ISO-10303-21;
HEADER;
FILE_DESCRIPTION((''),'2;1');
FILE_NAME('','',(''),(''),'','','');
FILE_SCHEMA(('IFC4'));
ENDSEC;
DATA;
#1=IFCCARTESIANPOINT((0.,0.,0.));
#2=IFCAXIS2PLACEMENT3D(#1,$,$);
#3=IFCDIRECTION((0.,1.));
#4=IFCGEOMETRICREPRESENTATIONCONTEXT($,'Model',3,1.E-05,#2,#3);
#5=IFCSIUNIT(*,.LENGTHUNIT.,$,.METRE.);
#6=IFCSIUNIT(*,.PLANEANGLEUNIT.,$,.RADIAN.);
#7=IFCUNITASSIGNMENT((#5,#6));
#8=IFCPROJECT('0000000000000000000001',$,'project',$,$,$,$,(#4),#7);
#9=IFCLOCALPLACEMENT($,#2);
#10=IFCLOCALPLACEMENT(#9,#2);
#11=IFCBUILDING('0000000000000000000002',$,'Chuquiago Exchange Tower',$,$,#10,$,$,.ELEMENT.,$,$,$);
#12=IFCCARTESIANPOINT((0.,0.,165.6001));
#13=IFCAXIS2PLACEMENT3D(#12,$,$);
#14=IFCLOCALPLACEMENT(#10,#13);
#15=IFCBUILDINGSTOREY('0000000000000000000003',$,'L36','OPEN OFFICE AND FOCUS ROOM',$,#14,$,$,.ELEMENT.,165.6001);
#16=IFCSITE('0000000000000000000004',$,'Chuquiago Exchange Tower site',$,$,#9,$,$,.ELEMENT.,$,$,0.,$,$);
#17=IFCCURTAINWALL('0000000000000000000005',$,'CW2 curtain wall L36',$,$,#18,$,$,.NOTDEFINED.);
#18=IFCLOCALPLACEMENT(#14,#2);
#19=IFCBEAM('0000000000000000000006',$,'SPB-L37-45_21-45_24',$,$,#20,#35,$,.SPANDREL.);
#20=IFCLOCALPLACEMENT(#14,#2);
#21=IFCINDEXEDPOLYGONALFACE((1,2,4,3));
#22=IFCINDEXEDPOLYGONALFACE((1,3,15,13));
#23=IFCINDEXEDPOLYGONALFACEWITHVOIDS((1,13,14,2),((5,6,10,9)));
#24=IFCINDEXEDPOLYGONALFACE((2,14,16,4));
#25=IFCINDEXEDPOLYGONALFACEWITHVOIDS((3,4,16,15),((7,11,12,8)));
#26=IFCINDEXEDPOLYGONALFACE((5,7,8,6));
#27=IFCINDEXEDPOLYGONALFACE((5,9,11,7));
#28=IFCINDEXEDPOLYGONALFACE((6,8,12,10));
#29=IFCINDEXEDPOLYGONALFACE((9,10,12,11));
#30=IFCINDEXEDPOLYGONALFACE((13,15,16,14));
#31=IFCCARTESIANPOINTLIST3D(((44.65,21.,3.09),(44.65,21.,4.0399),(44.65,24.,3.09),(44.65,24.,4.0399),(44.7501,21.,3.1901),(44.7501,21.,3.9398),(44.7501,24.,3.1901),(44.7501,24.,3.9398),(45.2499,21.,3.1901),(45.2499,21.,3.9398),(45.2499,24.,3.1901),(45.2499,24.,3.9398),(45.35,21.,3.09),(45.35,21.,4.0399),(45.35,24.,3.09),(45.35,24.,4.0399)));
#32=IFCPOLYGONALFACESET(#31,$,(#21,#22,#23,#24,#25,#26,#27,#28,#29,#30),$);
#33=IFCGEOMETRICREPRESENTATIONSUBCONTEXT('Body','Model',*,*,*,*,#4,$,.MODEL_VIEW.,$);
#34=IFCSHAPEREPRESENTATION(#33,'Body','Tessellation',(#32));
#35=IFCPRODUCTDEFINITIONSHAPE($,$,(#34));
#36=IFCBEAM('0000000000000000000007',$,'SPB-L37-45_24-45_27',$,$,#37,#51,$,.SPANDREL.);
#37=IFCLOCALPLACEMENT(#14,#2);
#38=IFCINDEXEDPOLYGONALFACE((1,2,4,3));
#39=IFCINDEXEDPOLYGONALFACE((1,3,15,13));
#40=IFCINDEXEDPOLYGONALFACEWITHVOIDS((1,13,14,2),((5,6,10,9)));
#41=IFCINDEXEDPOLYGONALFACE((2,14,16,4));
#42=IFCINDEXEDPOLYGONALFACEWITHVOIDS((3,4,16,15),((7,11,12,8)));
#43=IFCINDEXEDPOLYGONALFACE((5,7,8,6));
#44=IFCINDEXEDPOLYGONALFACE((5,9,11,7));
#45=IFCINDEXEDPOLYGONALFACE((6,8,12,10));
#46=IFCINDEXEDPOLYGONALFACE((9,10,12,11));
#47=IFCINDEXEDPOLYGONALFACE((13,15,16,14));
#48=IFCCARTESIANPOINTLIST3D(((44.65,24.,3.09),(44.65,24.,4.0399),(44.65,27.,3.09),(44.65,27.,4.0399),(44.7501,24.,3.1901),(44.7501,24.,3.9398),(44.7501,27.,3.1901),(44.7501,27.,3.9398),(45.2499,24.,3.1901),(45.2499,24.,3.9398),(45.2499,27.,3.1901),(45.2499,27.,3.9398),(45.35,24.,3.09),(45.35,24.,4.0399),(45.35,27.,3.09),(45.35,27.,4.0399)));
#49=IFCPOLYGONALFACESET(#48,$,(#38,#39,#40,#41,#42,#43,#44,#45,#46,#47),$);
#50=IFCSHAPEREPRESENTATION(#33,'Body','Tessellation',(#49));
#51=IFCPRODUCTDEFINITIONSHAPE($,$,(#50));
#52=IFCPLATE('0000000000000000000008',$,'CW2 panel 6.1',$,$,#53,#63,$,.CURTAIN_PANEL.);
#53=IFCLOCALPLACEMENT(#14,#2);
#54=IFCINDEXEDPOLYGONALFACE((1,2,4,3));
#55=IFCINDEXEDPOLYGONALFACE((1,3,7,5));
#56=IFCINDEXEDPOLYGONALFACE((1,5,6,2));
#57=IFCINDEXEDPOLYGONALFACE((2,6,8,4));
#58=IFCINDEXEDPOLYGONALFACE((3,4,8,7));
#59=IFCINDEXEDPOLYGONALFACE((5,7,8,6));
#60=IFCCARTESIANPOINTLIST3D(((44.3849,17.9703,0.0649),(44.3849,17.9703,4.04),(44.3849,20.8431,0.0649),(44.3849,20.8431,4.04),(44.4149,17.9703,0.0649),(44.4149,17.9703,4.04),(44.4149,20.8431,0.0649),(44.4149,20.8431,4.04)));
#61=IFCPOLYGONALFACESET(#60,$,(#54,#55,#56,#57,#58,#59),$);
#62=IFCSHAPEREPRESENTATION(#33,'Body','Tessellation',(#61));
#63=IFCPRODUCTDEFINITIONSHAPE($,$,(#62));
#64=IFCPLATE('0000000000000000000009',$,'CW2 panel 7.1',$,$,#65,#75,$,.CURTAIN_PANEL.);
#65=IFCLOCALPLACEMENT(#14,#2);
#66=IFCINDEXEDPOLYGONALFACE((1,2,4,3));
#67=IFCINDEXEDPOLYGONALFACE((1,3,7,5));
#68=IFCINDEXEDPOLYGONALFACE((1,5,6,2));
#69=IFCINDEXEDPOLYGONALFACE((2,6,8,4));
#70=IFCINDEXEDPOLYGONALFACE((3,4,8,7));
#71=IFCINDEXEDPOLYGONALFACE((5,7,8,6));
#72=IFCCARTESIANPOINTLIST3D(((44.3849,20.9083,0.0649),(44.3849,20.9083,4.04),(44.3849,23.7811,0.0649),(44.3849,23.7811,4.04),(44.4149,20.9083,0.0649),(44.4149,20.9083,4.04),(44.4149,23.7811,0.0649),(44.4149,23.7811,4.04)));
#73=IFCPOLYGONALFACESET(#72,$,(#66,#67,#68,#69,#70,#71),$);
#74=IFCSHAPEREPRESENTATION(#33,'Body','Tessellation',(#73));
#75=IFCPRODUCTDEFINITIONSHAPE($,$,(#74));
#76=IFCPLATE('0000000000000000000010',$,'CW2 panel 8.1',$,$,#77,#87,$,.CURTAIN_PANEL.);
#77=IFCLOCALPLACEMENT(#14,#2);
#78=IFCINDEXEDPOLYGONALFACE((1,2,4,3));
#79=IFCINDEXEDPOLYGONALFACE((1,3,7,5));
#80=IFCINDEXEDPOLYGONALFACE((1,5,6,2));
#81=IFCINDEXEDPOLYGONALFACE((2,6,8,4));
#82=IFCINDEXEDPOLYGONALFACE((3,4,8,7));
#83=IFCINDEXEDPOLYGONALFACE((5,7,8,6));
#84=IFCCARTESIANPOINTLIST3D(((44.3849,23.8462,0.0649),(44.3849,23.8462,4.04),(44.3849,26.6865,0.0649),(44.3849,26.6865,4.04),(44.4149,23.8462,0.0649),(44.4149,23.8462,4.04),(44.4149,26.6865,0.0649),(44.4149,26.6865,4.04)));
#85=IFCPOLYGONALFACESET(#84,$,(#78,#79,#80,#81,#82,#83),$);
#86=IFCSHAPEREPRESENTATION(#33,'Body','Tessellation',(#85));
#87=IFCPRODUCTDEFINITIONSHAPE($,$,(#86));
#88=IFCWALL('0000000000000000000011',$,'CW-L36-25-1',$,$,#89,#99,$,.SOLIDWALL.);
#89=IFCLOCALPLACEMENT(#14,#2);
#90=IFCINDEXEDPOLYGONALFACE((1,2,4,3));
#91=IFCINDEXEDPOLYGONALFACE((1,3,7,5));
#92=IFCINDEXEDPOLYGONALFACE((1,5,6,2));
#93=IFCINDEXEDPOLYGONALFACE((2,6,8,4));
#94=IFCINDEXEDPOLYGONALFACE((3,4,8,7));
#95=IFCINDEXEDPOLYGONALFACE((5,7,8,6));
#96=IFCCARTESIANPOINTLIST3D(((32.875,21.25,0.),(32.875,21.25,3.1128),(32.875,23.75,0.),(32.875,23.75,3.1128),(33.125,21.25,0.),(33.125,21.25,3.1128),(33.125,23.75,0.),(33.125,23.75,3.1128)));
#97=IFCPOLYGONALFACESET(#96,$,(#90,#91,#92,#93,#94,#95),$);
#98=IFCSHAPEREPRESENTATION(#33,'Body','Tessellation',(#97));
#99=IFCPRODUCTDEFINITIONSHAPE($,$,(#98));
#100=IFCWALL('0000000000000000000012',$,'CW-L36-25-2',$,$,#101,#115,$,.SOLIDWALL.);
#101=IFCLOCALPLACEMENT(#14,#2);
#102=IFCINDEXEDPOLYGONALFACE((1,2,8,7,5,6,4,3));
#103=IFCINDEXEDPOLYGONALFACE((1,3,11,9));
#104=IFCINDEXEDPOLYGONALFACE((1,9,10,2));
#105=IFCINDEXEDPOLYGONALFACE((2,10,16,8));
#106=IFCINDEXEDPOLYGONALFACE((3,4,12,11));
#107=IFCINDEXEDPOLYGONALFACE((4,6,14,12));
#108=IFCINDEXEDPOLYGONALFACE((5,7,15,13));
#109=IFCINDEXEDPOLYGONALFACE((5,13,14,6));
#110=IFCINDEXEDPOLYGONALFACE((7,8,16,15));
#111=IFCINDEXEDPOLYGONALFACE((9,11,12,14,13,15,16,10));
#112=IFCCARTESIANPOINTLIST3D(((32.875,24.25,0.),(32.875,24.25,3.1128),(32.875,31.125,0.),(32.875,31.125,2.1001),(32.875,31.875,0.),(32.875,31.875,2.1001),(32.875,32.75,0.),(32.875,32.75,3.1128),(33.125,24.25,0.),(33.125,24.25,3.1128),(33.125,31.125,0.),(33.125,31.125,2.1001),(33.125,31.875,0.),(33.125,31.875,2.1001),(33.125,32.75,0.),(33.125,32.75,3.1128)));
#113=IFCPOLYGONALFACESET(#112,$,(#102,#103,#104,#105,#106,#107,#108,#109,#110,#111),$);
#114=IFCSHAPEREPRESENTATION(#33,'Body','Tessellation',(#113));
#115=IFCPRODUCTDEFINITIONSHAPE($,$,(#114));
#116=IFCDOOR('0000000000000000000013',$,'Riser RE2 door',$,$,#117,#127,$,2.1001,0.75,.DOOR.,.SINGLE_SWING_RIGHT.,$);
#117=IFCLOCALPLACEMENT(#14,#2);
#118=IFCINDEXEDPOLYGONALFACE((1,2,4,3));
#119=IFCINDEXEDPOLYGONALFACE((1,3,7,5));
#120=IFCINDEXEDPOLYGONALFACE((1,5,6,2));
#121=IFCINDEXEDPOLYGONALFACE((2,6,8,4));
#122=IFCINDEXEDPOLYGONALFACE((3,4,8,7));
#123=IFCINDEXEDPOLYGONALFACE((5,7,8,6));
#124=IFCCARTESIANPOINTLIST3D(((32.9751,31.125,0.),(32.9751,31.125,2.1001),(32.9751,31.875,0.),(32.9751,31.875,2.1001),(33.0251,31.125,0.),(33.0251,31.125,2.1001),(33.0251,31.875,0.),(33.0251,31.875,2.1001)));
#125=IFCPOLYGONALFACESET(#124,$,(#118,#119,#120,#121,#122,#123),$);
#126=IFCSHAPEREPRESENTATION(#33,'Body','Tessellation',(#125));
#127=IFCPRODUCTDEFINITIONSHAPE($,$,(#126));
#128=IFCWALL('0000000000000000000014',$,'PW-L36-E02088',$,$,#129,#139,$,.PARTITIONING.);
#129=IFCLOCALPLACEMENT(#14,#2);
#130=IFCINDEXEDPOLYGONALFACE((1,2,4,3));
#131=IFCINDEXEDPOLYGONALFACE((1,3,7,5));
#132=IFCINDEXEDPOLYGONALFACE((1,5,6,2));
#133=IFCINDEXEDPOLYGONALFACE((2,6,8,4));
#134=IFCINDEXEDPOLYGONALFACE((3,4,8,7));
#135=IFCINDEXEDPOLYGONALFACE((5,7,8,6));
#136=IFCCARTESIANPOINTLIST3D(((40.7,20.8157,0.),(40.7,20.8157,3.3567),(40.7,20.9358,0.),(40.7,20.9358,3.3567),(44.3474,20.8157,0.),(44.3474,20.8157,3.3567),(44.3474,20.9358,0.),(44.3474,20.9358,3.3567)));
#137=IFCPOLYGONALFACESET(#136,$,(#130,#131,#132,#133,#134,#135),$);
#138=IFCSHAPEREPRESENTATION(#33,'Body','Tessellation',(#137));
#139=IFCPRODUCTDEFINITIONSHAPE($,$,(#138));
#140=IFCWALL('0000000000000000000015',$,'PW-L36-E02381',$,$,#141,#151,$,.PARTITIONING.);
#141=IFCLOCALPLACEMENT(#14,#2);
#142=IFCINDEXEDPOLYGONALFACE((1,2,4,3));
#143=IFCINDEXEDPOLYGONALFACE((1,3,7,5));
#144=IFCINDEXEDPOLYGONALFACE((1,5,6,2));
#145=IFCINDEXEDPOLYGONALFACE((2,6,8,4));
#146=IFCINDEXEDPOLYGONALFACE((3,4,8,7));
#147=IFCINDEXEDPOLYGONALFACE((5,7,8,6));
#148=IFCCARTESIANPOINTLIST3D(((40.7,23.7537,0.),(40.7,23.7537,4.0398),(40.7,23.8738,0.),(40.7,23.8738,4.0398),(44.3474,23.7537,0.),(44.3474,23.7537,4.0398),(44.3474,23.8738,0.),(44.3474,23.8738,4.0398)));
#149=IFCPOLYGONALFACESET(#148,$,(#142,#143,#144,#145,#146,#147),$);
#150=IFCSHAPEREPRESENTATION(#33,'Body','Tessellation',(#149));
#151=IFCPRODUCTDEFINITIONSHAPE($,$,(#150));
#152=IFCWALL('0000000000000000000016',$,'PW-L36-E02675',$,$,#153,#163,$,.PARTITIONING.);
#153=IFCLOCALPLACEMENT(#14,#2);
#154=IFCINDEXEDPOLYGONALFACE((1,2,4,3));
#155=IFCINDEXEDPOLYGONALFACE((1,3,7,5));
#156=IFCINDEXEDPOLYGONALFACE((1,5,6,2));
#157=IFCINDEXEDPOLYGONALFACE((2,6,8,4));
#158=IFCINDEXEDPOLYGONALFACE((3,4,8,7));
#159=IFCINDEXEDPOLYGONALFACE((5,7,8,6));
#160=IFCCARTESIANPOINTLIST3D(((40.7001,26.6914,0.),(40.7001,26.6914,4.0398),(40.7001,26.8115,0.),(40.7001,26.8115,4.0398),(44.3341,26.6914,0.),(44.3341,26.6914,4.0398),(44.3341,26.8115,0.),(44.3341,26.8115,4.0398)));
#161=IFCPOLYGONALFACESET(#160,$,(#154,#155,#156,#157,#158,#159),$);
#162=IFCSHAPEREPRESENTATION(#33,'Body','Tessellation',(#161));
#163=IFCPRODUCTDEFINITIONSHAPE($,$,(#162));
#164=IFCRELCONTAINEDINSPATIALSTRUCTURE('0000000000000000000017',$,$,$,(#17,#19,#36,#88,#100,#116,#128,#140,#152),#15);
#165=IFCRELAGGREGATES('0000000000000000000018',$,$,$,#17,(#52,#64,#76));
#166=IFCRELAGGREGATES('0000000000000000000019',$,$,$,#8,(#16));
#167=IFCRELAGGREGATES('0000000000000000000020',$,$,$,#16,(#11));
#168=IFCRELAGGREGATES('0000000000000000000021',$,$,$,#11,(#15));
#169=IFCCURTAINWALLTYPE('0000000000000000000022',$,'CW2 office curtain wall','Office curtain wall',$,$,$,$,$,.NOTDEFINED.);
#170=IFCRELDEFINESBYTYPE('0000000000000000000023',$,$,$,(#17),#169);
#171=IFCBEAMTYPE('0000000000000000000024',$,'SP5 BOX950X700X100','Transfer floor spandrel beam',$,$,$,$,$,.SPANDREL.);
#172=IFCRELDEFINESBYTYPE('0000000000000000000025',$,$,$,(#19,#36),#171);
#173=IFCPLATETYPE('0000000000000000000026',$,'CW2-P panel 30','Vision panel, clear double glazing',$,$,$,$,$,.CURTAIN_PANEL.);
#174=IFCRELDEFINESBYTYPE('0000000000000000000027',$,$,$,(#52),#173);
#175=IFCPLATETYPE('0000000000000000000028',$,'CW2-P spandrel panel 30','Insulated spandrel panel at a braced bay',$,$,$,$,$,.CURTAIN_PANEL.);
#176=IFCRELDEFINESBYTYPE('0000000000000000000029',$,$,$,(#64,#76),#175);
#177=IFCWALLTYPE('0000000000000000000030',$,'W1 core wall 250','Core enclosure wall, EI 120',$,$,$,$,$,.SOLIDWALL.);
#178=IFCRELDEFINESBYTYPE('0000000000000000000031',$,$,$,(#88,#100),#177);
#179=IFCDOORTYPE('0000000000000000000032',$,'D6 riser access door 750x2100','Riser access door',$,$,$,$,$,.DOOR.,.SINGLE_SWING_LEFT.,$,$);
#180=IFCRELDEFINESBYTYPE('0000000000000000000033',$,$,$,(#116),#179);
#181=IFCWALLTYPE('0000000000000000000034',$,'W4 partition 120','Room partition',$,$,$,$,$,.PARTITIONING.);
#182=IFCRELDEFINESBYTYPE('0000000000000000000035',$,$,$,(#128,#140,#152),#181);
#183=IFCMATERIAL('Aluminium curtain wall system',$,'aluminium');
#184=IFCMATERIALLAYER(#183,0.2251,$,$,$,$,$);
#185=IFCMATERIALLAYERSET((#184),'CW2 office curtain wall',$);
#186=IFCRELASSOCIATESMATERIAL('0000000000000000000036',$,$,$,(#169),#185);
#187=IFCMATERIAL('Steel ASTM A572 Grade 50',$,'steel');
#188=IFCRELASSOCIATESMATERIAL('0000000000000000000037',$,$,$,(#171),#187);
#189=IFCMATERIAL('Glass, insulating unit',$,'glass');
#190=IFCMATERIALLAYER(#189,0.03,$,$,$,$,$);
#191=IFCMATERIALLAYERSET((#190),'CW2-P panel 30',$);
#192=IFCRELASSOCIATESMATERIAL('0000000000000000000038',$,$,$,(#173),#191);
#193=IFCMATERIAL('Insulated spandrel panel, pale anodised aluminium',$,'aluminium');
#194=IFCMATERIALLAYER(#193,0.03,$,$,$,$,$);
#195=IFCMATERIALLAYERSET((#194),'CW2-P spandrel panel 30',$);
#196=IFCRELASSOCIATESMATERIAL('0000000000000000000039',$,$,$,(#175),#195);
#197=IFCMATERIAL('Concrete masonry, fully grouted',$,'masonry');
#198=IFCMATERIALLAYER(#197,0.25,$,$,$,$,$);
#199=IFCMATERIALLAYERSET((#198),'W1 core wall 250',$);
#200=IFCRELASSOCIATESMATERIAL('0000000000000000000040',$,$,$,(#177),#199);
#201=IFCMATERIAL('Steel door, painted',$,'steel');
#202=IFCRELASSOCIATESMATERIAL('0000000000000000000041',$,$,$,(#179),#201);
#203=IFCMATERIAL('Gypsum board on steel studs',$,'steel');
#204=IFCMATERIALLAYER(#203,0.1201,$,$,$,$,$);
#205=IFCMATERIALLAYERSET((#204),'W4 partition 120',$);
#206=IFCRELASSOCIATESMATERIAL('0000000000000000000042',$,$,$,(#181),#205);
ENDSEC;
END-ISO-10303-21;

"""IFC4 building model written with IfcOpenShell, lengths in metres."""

from ifc_helpers import new_model, si_unit, direction, frame, frame_2d, origin, origin_2d, place, context, subcontext, project, spatial, rectangle, hollow_rectangle, extrude, material, layer, layer_set, material_profile, profile_set, type_object, element, fill, aggregate, save


model = new_model("IFC4")

# Units and contexts
model_context = context("Model", 3, precision=1e-05, world=origin(), true_north=direction((0.0, 1.0)))
body_context = subcontext(model_context, "Body", "Model", "MODEL_VIEW")
ifc_project = project(units=[si_unit("LENGTHUNIT", "METRE"), si_unit("PLANEANGLEUNIT", "RADIAN")], contexts=[model_context])

# Site, building, storey
site_placement = place(None, origin())
site = spatial("IfcSite", under=ifc_project, at=site_placement, Name="Chuquiago Exchange Tower site", CompositionType="ELEMENT", RefElevation=0.0)
building_placement = place(site_placement, origin())
building = spatial("IfcBuilding", under=site, at=building_placement, Name="Chuquiago Exchange Tower", CompositionType="ELEMENT")
storey_placement = place(building_placement, frame((0.0, 0.0, 165.6001)))
storey = spatial("IfcBuildingStorey", under=building, at=storey_placement, Name="L36", Description="OPEN OFFICE AND FOCUS ROOM", CompositionType="ELEMENT", Elevation=165.6001)

# Curtain wall
ifc_material_1 = material(Name="Aluminium curtain wall system", Category="aluminium")
ifc_layer_1 = layer(ifc_material_1, 0.2251)
ifc_layer_set_1 = layer_set([ifc_layer_1], Name="CW2 office curtain wall")
curtain_wall_type_1 = type_object("IfcCurtainWallType", Name="CW2 office curtain wall", Description="Office curtain wall", PredefinedType="NOTDEFINED", material=ifc_layer_set_1)
curtain_wall_1_placement = place(storey_placement, origin())
curtain_wall_1 = element("IfcCurtainWall", 1, at=curtain_wall_1_placement, inside=storey, type_object=curtain_wall_type_1, Name="CW2 curtain wall L36", PredefinedType="NOTDEFINED")

# Beams
ifc_material_2 = material(Name="Steel ASTM A572 Grade 50", Category="steel")
ifc_material_profile_1 = material_profile(ifc_material_2, hollow_rectangle(XDim=0.7, YDim=0.95, WallThickness=0.1001, at=origin_2d()), Name="BOX950X700X100")
ifc_profile_set_1 = profile_set([ifc_material_profile_1], Name="Steel ASTM A572 Grade 50")
beam_type_1 = type_object("IfcBeamType", Name="SP5 BOX950X700X100", Description="Transfer floor spandrel beam", PredefinedType="SPANDREL", material=ifc_profile_set_1)
for number, where, z_axis, x_axis, name in (
    (2, (45.0, 21.0, 3.5649), (0.0, 1.0, 0.0), (-1.0, 0.0, 0.0), "SPB-L37-45_21-45_24"),
    (3, (45.0, 24.0, 3.5649), (0.0, 1.0, 0.0), (-1.0, 0.0, 0.0), "SPB-L37-45_24-45_27"),
):
    element("IfcBeam", number, at=place(storey_placement, frame(where, z_axis=z_axis, x_axis=x_axis)), inside=storey, type_object=beam_type_1, Name=name, PredefinedType="SPANDREL", context=body_context, shape_type="SweptSolid", body=[
        extrude(hollow_rectangle(XDim=0.7, YDim=0.95, WallThickness=0.1001, at=origin_2d()), origin(), (0.0, 0.0, 1.0), 3.0),
    ])

# Plates
ifc_material_3 = material(Name="Glass, insulating unit", Category="glass")
ifc_layer_2 = layer(ifc_material_3, 0.03)
ifc_layer_set_2 = layer_set([ifc_layer_2], Name="CW2-P panel 30")
plate_type_1 = type_object("IfcPlateType", Name="CW2-P panel 30", Description="Vision panel, clear double glazing", PredefinedType="CURTAIN_PANEL", material=ifc_layer_set_2)
plate_1_placement = place(storey_placement, frame((44.3999, 19.4067, 0.0649), z_axis=(0.0, 0.0, 1.0), x_axis=(0.0, 1.0, 0.0)))
plate_1 = element("IfcPlate", 4, at=plate_1_placement, type_object=plate_type_1, Name="CW2 panel 6.1", PredefinedType="CURTAIN_PANEL", context=body_context, shape_type="SweptSolid", body=[
    extrude(rectangle(XDim=2.8728, YDim=0.03, at=origin_2d()), origin(), (0.0, 0.0, 1.0), 3.9751),
])
ifc_material_4 = material(Name="Insulated spandrel panel, pale anodised aluminium", Category="aluminium")
ifc_layer_3 = layer(ifc_material_4, 0.03)
ifc_layer_set_3 = layer_set([ifc_layer_3], Name="CW2-P spandrel panel 30")
plate_type_2 = type_object("IfcPlateType", Name="CW2-P spandrel panel 30", Description="Insulated spandrel panel at a braced bay", PredefinedType="CURTAIN_PANEL", material=ifc_layer_set_3)
plate_2_placement = place(storey_placement, frame((44.3999, 22.3447, 0.0649), z_axis=(0.0, 0.0, 1.0), x_axis=(0.0, 1.0, 0.0)))
plate_2 = element("IfcPlate", 5, at=plate_2_placement, type_object=plate_type_2, Name="CW2 panel 7.1", PredefinedType="CURTAIN_PANEL", context=body_context, shape_type="SweptSolid", body=[
    extrude(rectangle(XDim=2.8728, YDim=0.03, at=origin_2d()), origin(), (0.0, 0.0, 1.0), 3.9751),
])
plate_3_placement = place(storey_placement, frame((44.3999, 25.2664, 0.0649), z_axis=(0.0, 0.0, 1.0), x_axis=(0.0, 1.0, 0.0)))
plate_3 = element("IfcPlate", 6, at=plate_3_placement, type_object=plate_type_2, Name="CW2 panel 8.1", PredefinedType="CURTAIN_PANEL", context=body_context, shape_type="SweptSolid", body=[
    extrude(rectangle(XDim=2.8403, YDim=0.03, at=origin_2d()), origin(), (0.0, 0.0, 1.0), 3.9751),
])
aggregate(curtain_wall_1, [plate_1, plate_2, plate_3])

# Wall
ifc_material_5 = material(Name="Concrete masonry, fully grouted", Category="masonry")
ifc_layer_4 = layer(ifc_material_5, 0.25)
ifc_layer_set_4 = layer_set([ifc_layer_4], Name="W1 core wall 250")
wall_type_1 = type_object("IfcWallType", Name="W1 core wall 250", Description="Core enclosure wall, EI 120", PredefinedType="SOLIDWALL", material=ifc_layer_set_4)
wall_1_placement = place(storey_placement, frame((33.0, 21.25, 0.0), z_axis=(0.0, 0.0, 1.0), x_axis=(0.0, 1.0, 0.0)))
element("IfcWall", 7, at=wall_1_placement, inside=storey, type_object=wall_type_1, Name="CW-L36-25-1", PredefinedType="SOLIDWALL", context=body_context, shape_type="SweptSolid", body=[
    extrude(rectangle(XDim=2.5, YDim=0.25, at=frame_2d((1.25, 0.0))), origin(), (0.0, 0.0, 1.0), 3.1128),
])

# Wall, opening, door
wall_2_placement = place(storey_placement, frame((33.0, 24.25, 0.0), z_axis=(0.0, 0.0, 1.0), x_axis=(0.0, 1.0, 0.0)))
wall_2 = element("IfcWall", 8, at=wall_2_placement, inside=storey, type_object=wall_type_1, Name="CW-L36-25-2", PredefinedType="SOLIDWALL", context=body_context, shape_type="SweptSolid", body=[
    extrude(rectangle(XDim=8.5, YDim=0.25, at=frame_2d((4.25, 0.0))), origin(), (0.0, 0.0, 1.0), 3.1128),
])
opening_1_placement = place(wall_2_placement, frame((6.875, 0.0, 0.0)))
opening_1 = element("IfcOpeningElement", 9, at=opening_1_placement, cuts=wall_2, PredefinedType="OPENING", context=body_context, shape_type="SweptSolid", body=[
    extrude(rectangle(XDim=0.75, YDim=2.1001, at=frame_2d((0.375, 1.05))), frame((0.0, 0.135, 0.0), z_axis=(0.0, -1.0, 0.0), x_axis=(1.0, 0.0, 0.0)), (0.0, 0.0, 1.0), 0.27),
])
ifc_material_6 = material(Name="Steel door, painted", Category="steel")
door_type_1 = type_object("IfcDoorType", Name="D6 riser access door 750x2100", Description="Riser access door", OperationType="SINGLE_SWING_LEFT", PredefinedType="DOOR", material=ifc_material_6)
door_1_placement = place(opening_1_placement, origin())
door_1 = element("IfcDoor", 10, at=door_1_placement, inside=storey, type_object=door_type_1, Name="Riser RE2 door", OperationType="SINGLE_SWING_RIGHT", OverallHeight=2.1001, OverallWidth=0.75, PredefinedType="DOOR", context=body_context, shape_type="SweptSolid", body=[
    extrude(rectangle(XDim=0.75, YDim=2.1001, at=frame_2d((0.375, 1.05))), frame((0.0, 0.0249, 0.0), z_axis=(0.0, -1.0, 0.0), x_axis=(1.0, 0.0, 0.0)), (0.0, 0.0, 1.0), 0.05),
])
fill(opening_1, door_1)

# Walls
ifc_material_7 = material(Name="Gypsum board on steel studs", Category="steel")
ifc_layer_5 = layer(ifc_material_7, 0.1201)
ifc_layer_set_5 = layer_set([ifc_layer_5], Name="W4 partition 120")
wall_type_2 = type_object("IfcWallType", Name="W4 partition 120", Description="Room partition", PredefinedType="PARTITIONING", material=ifc_layer_set_5)
wall_3_placement = place(storey_placement, frame((44.3474, 20.8757, 0.0), z_axis=(0.0, 0.0, 1.0), x_axis=(-1.0, 0.0, 0.0)))
element("IfcWall", 11, at=wall_3_placement, inside=storey, type_object=wall_type_2, Name="PW-L36-E02088", PredefinedType="PARTITIONING", context=body_context, shape_type="SweptSolid", body=[
    extrude(rectangle(XDim=3.6475, YDim=0.1201, at=frame_2d((1.8237, 0.0))), origin(), (0.0, 0.0, 1.0), 3.3567),
])
wall_4_placement = place(storey_placement, frame((44.3474, 23.8137, 0.0), z_axis=(0.0, 0.0, 1.0), x_axis=(-1.0, 0.0, 0.0)))
element("IfcWall", 12, at=wall_4_placement, inside=storey, type_object=wall_type_2, Name="PW-L36-E02381", PredefinedType="PARTITIONING", context=body_context, shape_type="SweptSolid", body=[
    extrude(rectangle(XDim=3.6475, YDim=0.1201, at=frame_2d((1.8237, 0.0))), origin(), (0.0, 0.0, 1.0), 4.0398),
])
wall_5_placement = place(storey_placement, frame((44.334, 26.7515, 0.0), z_axis=(0.0, 0.0, 1.0), x_axis=(-1.0, 0.0, 0.0)))
element("IfcWall", 13, at=wall_5_placement, inside=storey, type_object=wall_type_2, Name="PW-L36-E02675", PredefinedType="PARTITIONING", context=body_context, shape_type="SweptSolid", body=[
    extrude(rectangle(XDim=3.634, YDim=0.1201, at=frame_2d((1.8169, 0.0))), origin(), (0.0, 0.0, 1.0), 4.0398),
])

save(model, "model.ifc")
